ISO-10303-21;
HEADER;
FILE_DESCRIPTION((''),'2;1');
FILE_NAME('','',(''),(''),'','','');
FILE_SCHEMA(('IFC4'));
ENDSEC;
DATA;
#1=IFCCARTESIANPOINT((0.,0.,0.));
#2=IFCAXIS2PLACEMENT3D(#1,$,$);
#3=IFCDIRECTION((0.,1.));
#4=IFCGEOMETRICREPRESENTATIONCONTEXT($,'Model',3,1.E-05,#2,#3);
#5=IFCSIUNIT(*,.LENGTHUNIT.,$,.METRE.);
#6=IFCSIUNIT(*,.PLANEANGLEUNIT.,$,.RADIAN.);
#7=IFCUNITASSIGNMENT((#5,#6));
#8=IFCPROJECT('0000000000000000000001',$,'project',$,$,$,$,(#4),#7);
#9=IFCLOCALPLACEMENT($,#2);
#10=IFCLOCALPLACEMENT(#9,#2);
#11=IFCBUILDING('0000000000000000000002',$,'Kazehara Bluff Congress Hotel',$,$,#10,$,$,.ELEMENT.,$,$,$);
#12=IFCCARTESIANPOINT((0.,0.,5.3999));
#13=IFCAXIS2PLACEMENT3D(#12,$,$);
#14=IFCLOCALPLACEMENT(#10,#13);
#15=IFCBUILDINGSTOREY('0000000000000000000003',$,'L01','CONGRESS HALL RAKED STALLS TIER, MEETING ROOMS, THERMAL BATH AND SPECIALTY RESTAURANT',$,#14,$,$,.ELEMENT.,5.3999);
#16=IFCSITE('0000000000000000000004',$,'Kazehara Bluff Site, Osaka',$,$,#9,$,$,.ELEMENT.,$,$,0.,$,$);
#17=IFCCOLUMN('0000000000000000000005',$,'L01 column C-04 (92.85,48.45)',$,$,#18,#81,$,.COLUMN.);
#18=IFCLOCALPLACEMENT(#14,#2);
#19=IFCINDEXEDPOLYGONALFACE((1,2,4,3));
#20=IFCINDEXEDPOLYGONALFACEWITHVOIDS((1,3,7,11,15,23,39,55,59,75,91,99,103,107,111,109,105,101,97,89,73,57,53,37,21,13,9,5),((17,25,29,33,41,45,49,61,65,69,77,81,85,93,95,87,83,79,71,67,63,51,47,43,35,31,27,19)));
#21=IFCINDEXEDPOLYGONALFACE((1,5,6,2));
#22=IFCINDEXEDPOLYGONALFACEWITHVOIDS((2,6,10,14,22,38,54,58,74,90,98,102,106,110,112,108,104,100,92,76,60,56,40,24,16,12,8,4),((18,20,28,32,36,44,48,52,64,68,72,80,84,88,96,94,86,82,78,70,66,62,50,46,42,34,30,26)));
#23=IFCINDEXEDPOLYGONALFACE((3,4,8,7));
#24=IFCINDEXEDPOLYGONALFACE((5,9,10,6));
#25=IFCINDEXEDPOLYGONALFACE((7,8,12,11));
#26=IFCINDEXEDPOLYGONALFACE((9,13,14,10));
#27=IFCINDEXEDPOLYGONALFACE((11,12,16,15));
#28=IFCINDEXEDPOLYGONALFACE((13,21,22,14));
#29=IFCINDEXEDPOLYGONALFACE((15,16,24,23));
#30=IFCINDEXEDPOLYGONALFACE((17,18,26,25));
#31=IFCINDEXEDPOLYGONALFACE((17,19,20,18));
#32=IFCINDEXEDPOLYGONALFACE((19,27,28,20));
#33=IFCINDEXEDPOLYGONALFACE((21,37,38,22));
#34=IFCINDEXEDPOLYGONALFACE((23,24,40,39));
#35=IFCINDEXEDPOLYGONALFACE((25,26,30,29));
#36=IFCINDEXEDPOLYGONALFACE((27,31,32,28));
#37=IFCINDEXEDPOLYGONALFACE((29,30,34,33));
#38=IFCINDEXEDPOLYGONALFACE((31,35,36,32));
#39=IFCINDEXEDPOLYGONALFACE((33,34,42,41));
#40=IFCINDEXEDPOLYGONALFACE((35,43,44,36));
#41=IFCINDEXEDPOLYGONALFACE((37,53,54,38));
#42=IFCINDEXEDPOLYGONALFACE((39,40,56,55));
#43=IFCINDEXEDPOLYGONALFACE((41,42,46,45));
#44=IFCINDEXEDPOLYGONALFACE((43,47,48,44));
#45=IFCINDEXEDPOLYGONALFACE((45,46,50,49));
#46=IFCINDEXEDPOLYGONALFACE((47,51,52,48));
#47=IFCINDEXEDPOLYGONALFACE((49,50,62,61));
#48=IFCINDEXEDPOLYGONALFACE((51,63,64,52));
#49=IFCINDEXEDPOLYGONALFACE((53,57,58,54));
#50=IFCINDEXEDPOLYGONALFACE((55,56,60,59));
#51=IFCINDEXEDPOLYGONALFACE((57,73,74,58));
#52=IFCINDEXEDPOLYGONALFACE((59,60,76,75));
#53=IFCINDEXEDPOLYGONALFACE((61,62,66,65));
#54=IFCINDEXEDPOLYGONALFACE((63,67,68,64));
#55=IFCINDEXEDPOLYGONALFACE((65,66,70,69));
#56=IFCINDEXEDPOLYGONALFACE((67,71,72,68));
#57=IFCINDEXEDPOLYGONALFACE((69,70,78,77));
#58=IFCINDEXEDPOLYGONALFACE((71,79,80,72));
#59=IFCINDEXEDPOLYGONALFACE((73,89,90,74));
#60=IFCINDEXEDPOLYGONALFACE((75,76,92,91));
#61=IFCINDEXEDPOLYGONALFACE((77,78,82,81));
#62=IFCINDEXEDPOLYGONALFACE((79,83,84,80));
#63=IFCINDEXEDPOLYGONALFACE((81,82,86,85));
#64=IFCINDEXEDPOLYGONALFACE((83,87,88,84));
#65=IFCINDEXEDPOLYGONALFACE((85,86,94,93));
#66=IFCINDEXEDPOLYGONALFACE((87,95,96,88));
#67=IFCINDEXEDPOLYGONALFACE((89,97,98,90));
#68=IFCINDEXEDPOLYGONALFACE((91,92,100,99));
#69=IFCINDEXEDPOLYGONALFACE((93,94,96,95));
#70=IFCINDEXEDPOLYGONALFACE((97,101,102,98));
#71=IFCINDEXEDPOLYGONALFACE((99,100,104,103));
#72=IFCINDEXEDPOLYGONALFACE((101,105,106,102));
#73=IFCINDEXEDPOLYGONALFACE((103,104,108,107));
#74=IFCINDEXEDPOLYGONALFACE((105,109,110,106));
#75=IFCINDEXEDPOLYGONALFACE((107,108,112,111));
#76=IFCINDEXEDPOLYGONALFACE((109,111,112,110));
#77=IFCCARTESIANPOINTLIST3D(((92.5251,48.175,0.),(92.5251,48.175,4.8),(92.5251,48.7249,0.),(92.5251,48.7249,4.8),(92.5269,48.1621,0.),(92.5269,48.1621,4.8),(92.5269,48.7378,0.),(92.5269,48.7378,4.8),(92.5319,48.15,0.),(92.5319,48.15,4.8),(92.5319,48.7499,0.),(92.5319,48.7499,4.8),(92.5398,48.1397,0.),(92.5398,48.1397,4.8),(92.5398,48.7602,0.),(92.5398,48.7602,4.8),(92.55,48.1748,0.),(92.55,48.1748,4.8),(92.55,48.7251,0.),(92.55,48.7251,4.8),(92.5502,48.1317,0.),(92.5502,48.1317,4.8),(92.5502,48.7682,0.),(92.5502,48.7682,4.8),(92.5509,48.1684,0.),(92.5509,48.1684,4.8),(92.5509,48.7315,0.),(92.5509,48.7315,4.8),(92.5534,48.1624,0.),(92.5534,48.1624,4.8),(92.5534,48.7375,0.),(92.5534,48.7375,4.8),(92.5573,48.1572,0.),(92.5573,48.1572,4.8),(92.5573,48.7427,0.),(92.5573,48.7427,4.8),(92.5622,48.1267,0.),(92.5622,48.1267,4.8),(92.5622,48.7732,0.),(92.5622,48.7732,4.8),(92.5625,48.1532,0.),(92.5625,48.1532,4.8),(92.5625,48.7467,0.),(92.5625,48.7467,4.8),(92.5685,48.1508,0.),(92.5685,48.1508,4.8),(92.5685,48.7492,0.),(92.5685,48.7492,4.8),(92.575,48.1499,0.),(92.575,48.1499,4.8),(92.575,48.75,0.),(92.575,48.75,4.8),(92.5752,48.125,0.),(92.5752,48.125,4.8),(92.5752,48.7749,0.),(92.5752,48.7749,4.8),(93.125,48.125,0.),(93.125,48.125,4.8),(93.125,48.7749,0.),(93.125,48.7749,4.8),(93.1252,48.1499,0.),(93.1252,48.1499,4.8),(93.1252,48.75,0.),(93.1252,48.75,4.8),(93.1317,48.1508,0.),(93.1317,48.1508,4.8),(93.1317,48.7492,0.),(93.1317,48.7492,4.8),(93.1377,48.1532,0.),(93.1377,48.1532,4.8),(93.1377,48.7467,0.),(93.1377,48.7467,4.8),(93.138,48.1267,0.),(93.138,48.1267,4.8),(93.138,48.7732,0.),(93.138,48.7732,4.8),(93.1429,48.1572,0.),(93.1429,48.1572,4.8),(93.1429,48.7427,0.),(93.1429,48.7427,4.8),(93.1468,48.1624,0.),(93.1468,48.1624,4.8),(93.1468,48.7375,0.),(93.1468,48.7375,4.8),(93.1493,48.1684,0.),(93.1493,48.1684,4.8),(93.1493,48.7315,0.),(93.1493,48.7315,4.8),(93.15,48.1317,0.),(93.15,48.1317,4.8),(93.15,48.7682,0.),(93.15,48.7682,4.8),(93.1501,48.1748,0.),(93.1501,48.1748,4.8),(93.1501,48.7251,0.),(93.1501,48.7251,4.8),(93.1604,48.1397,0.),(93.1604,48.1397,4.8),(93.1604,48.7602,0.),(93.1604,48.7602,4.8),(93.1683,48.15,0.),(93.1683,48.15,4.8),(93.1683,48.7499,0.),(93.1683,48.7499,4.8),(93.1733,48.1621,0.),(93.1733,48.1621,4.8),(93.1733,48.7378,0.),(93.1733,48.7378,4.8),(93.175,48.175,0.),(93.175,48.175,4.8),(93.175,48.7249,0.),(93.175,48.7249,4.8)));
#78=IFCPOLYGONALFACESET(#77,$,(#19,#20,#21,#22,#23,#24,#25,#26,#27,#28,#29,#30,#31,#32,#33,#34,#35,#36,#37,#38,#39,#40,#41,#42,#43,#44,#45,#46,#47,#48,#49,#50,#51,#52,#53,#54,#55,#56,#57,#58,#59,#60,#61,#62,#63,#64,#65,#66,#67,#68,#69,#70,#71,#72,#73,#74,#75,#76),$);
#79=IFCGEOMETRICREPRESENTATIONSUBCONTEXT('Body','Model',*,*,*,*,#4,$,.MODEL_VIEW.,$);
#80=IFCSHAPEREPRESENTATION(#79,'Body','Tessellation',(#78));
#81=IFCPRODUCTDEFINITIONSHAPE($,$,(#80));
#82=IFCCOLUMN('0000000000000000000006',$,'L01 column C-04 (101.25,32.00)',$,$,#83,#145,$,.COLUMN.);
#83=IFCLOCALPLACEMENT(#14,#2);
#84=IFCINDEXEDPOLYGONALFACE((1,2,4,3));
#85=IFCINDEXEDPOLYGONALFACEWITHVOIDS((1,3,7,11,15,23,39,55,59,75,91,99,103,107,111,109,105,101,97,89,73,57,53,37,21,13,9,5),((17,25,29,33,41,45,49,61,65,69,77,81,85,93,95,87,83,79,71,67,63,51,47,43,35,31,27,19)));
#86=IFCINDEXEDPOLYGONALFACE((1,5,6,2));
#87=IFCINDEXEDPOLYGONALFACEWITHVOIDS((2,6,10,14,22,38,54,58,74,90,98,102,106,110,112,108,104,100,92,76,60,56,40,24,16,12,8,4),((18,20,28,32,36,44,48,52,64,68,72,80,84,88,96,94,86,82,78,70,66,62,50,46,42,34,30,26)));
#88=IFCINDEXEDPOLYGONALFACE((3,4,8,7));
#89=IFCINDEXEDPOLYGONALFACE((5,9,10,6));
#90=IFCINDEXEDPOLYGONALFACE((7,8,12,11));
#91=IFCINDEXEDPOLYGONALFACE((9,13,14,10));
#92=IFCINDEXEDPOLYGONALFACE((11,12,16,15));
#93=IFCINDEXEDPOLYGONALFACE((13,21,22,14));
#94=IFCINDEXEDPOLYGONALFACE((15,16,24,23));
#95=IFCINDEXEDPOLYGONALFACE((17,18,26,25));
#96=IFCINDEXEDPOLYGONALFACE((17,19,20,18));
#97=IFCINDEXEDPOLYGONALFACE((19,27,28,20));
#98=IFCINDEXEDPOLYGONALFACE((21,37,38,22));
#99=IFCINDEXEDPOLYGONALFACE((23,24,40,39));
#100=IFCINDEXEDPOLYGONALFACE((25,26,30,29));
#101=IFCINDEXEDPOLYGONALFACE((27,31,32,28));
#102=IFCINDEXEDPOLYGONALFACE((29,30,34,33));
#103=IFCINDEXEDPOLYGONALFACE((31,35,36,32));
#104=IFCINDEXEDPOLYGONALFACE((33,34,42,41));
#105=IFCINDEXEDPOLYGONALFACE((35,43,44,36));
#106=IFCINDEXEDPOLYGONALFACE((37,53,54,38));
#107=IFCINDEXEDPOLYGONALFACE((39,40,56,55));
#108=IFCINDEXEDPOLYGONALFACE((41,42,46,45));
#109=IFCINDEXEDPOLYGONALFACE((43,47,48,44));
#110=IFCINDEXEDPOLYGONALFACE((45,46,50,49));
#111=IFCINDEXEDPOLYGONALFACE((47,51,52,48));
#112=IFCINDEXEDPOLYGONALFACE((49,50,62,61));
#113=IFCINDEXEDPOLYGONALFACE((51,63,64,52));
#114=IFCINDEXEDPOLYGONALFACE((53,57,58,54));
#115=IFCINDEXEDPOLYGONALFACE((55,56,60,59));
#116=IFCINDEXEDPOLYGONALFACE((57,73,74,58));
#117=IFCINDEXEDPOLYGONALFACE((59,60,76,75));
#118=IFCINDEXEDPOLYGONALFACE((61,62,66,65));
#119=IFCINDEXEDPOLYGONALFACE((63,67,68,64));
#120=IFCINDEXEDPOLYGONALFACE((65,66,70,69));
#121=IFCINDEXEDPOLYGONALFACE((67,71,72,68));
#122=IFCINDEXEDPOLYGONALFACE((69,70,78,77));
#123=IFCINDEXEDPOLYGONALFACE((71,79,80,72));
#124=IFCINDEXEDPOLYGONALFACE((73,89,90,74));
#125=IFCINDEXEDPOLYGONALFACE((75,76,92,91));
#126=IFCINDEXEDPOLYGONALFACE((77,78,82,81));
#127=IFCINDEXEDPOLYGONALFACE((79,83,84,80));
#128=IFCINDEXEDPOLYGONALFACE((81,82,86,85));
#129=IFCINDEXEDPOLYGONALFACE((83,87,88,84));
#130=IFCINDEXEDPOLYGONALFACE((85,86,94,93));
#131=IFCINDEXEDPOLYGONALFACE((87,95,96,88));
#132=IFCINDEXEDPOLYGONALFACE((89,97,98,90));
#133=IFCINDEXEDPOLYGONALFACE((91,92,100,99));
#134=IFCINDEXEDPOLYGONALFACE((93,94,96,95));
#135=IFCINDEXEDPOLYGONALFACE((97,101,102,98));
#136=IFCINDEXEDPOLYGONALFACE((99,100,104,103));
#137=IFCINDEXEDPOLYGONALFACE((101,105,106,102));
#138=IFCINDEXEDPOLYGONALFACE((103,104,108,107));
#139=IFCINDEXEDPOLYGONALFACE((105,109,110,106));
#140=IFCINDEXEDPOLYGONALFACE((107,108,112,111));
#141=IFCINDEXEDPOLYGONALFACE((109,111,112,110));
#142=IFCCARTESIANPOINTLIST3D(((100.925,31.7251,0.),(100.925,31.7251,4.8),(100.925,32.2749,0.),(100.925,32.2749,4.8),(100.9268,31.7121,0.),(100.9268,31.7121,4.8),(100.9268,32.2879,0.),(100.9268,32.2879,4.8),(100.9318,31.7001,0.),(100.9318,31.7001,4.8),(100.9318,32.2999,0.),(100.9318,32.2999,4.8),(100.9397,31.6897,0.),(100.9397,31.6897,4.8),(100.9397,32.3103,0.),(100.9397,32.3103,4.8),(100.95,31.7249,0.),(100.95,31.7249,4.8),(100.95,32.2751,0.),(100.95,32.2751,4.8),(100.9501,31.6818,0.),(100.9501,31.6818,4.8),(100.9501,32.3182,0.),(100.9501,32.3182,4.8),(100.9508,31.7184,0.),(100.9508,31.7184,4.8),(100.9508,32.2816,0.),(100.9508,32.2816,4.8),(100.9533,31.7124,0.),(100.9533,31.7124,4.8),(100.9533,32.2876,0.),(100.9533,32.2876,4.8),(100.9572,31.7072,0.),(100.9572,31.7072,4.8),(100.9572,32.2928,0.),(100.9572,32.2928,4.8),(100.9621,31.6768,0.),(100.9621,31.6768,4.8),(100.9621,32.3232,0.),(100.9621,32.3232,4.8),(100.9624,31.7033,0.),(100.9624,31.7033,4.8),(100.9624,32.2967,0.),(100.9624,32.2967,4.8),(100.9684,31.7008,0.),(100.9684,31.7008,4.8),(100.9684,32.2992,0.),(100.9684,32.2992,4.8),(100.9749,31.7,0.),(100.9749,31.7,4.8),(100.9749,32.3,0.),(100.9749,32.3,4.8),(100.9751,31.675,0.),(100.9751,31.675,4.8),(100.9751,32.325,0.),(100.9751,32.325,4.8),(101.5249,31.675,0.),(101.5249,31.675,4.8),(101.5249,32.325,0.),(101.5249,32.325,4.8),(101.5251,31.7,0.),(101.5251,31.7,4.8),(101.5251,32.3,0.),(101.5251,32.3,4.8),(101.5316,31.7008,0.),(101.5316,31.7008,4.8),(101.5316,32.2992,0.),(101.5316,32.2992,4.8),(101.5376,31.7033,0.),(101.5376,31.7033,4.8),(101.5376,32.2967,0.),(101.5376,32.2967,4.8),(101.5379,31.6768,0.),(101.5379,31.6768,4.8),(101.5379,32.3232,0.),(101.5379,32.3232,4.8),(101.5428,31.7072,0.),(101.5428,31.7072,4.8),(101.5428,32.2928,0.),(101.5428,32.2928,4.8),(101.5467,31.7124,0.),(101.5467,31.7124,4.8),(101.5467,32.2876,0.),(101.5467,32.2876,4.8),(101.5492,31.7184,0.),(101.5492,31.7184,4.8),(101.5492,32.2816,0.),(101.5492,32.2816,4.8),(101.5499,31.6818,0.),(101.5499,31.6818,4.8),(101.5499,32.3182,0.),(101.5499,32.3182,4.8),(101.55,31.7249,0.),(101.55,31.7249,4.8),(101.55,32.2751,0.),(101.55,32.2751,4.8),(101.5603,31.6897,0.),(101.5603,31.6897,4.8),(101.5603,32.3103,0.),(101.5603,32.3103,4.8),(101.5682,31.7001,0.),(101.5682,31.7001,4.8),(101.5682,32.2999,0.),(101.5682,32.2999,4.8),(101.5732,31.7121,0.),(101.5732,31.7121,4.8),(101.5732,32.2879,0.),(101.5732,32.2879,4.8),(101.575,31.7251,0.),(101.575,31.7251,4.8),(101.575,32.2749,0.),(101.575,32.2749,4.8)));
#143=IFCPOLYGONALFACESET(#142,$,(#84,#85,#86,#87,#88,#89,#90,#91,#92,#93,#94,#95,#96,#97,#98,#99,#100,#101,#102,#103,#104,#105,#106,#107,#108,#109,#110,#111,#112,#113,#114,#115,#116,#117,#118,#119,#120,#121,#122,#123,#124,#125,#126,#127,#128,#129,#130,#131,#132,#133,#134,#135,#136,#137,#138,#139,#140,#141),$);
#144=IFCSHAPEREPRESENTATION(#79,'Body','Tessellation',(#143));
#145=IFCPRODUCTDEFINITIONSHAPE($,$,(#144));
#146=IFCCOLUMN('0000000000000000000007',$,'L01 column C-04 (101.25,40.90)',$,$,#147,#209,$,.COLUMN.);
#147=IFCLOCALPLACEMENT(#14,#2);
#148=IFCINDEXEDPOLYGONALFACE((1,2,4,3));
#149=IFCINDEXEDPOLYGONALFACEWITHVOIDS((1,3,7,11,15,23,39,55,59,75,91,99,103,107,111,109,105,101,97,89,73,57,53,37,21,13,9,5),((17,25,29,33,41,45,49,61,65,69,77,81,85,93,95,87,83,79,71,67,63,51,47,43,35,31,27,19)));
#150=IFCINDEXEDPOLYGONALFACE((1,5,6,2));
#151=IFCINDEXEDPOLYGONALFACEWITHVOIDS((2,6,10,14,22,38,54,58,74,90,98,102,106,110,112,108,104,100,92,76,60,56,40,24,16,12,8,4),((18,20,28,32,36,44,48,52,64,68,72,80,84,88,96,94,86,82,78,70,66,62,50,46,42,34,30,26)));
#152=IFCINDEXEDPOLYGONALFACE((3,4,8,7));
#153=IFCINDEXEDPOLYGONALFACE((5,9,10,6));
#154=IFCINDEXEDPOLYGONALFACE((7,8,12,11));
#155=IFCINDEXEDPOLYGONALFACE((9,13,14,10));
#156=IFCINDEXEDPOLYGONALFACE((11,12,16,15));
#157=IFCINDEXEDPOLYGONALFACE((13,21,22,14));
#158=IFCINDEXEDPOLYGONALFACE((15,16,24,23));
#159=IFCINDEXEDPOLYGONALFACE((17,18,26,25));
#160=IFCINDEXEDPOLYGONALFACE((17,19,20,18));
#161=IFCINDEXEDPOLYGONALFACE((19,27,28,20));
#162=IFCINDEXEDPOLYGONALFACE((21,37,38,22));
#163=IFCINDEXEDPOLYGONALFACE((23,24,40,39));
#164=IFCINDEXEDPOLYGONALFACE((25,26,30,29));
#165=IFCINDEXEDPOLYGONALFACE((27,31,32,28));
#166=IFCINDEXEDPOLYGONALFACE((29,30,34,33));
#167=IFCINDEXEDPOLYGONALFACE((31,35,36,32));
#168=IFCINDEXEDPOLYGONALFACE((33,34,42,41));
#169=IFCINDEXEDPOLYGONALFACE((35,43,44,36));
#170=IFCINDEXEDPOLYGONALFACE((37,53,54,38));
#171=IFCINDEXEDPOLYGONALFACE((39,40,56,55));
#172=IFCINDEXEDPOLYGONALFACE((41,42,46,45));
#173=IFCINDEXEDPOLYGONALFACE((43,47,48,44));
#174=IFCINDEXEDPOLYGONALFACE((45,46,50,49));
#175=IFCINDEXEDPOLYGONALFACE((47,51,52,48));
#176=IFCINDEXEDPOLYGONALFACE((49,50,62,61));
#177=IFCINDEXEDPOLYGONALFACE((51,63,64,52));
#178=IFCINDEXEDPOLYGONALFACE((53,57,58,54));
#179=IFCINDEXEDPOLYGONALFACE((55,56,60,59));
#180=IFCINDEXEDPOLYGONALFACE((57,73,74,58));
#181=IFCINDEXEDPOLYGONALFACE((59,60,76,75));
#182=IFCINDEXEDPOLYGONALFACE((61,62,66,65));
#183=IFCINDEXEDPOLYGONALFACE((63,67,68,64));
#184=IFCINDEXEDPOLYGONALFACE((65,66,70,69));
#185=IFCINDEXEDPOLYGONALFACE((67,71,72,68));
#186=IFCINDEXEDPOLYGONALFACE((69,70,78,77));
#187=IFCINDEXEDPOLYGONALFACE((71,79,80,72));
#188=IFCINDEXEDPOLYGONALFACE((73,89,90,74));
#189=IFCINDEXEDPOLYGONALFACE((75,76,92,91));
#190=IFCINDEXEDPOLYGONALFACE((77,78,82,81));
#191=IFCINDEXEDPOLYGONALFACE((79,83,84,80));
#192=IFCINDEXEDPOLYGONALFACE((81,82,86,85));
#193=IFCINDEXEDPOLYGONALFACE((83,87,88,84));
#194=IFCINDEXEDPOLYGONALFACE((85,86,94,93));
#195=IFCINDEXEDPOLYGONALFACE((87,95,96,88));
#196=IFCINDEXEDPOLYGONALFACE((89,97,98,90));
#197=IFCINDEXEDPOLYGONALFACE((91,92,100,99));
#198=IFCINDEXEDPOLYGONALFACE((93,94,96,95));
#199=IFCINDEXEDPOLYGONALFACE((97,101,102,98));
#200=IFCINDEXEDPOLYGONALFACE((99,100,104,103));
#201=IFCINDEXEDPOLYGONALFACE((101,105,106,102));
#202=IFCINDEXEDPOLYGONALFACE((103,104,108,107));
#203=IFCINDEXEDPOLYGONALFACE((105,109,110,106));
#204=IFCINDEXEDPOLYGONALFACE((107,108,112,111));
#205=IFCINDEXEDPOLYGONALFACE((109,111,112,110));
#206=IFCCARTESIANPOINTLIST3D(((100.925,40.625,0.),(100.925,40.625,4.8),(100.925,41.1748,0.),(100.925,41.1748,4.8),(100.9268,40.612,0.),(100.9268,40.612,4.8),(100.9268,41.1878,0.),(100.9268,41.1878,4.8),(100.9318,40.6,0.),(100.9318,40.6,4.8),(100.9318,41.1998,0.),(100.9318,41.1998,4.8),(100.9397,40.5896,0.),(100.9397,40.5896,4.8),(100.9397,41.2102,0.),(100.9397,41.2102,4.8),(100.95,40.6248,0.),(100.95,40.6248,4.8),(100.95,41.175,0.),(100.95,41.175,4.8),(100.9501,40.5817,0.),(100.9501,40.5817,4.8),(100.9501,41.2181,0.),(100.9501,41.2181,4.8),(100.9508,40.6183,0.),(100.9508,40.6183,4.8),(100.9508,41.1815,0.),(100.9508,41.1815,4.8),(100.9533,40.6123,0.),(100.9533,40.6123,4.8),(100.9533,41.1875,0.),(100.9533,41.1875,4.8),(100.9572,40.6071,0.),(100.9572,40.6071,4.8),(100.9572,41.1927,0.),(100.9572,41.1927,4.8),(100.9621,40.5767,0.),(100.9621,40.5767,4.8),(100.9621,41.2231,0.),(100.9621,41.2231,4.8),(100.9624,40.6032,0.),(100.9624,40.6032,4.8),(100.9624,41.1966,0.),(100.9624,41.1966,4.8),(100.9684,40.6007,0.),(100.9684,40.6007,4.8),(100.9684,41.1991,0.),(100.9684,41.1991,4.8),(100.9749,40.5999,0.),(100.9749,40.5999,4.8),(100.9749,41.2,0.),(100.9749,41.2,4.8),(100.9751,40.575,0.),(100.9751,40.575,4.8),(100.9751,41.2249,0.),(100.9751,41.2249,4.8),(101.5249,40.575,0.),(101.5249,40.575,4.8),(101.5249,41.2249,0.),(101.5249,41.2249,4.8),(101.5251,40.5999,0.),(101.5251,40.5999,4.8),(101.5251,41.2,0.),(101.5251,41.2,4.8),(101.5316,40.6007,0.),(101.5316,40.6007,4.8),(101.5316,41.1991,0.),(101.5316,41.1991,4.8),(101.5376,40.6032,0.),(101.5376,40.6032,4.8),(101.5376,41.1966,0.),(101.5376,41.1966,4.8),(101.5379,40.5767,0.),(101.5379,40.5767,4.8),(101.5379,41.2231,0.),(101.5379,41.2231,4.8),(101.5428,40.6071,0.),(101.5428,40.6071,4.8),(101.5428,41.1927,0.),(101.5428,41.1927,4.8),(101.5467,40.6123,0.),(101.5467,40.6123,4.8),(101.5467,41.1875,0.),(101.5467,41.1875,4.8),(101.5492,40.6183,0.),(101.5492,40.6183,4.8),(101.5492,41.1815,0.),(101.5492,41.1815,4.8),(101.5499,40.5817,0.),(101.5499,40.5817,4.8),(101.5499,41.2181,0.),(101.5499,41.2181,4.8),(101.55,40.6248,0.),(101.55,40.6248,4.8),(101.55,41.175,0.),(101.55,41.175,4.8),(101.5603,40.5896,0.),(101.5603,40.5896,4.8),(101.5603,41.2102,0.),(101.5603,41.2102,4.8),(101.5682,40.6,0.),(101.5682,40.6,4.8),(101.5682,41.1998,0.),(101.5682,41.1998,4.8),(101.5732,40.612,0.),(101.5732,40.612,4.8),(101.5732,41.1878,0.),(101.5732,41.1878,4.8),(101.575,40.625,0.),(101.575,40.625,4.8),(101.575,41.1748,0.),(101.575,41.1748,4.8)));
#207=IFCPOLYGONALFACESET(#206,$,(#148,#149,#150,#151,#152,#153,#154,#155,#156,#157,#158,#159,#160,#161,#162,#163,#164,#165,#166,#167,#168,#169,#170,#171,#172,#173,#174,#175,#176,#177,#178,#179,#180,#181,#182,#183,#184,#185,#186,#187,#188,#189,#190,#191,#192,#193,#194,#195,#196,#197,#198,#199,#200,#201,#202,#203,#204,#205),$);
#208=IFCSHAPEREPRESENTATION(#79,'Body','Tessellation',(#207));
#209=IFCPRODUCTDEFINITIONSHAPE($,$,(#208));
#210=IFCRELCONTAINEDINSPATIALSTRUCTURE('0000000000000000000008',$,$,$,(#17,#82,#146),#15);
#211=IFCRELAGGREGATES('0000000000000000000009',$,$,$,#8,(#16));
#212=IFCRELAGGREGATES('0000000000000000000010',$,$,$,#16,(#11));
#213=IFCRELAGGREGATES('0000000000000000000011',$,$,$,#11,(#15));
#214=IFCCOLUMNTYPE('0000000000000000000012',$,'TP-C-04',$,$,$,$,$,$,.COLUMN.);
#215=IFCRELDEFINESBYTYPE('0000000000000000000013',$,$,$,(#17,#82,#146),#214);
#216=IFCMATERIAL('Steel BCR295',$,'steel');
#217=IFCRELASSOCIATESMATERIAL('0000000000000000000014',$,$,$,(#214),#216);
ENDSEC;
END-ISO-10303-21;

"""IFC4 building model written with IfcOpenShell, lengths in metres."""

from ifc_helpers import new_model, si_unit, direction, frame, origin, origin_2d, place, context, subcontext, project, spatial, hollow_rectangle, extrude, material, material_profile, profile_set, type_object, element, save


model = new_model("IFC4")

# Units and contexts
model_context = context("Model", 3, precision=1e-05, world=origin(), true_north=direction((0.0, 1.0)))
body_context = subcontext(model_context, "Body", "Model", "MODEL_VIEW")
ifc_project = project(units=[si_unit("LENGTHUNIT", "METRE"), si_unit("PLANEANGLEUNIT", "RADIAN")], contexts=[model_context])

# Site, building, storey
site_placement = place(None, origin())
site = spatial("IfcSite", under=ifc_project, at=site_placement, Name="Kazehara Bluff Site, Osaka", CompositionType="ELEMENT", RefElevation=0.0)
building_placement = place(site_placement, origin())
building = spatial("IfcBuilding", under=site, at=building_placement, Name="Kazehara Bluff Congress Hotel", CompositionType="ELEMENT")
storey_placement = place(building_placement, frame((0.0, 0.0, 5.3999)))
storey = spatial("IfcBuildingStorey", under=building, at=storey_placement, Name="L01", Description="CONGRESS HALL RAKED STALLS TIER, MEETING ROOMS, THERMAL BATH AND SPECIALTY RESTAURANT", CompositionType="ELEMENT", Elevation=5.3999)

# Columns
ifc_material_1 = material(Name="Steel BCR295", Category="steel")
ifc_material_profile_1 = material_profile(ifc_material_1, hollow_rectangle(XDim=0.6499, YDim=0.6499, WallThickness=0.0249, InnerFilletRadius=0.0249, OuterFilletRadius=0.05, at=origin_2d()))
ifc_profile_set_1 = profile_set([ifc_material_profile_1], Name="Steel BCR295")
column_type = type_object("IfcColumnType", Name="TP-C-04", PredefinedType="COLUMN", material=ifc_profile_set_1)
for number, where, z_axis, x_axis, name in (
    (1, (92.8501, 48.45, 0.0), (0.0, 0.0, 1.0), (1.0, 0.0, 0.0), "L01 column C-04 (92.85,48.45)"),
    (2, (101.25, 32.0, 0.0), (0.0, 0.0, 1.0), (1.0, 0.0, 0.0), "L01 column C-04 (101.25,32.00)"),
    (3, (101.25, 40.8999, 0.0), (0.0, 0.0, 1.0), (1.0, 0.0, 0.0), "L01 column C-04 (101.25,40.90)"),
):
    element("IfcColumn", number, at=place(storey_placement, frame(where, z_axis=z_axis, x_axis=x_axis)), inside=storey, type_object=column_type, Name=name, PredefinedType="COLUMN", context=body_context, shape_type="SweptSolid", body=[
        extrude(hollow_rectangle(XDim=0.6499, YDim=0.6499, WallThickness=0.0249, InnerFilletRadius=0.0249, OuterFilletRadius=0.05, at=origin_2d()), origin(), (0.0, 0.0, 1.0), 4.8),
    ])

save(model, "model.ifc")
